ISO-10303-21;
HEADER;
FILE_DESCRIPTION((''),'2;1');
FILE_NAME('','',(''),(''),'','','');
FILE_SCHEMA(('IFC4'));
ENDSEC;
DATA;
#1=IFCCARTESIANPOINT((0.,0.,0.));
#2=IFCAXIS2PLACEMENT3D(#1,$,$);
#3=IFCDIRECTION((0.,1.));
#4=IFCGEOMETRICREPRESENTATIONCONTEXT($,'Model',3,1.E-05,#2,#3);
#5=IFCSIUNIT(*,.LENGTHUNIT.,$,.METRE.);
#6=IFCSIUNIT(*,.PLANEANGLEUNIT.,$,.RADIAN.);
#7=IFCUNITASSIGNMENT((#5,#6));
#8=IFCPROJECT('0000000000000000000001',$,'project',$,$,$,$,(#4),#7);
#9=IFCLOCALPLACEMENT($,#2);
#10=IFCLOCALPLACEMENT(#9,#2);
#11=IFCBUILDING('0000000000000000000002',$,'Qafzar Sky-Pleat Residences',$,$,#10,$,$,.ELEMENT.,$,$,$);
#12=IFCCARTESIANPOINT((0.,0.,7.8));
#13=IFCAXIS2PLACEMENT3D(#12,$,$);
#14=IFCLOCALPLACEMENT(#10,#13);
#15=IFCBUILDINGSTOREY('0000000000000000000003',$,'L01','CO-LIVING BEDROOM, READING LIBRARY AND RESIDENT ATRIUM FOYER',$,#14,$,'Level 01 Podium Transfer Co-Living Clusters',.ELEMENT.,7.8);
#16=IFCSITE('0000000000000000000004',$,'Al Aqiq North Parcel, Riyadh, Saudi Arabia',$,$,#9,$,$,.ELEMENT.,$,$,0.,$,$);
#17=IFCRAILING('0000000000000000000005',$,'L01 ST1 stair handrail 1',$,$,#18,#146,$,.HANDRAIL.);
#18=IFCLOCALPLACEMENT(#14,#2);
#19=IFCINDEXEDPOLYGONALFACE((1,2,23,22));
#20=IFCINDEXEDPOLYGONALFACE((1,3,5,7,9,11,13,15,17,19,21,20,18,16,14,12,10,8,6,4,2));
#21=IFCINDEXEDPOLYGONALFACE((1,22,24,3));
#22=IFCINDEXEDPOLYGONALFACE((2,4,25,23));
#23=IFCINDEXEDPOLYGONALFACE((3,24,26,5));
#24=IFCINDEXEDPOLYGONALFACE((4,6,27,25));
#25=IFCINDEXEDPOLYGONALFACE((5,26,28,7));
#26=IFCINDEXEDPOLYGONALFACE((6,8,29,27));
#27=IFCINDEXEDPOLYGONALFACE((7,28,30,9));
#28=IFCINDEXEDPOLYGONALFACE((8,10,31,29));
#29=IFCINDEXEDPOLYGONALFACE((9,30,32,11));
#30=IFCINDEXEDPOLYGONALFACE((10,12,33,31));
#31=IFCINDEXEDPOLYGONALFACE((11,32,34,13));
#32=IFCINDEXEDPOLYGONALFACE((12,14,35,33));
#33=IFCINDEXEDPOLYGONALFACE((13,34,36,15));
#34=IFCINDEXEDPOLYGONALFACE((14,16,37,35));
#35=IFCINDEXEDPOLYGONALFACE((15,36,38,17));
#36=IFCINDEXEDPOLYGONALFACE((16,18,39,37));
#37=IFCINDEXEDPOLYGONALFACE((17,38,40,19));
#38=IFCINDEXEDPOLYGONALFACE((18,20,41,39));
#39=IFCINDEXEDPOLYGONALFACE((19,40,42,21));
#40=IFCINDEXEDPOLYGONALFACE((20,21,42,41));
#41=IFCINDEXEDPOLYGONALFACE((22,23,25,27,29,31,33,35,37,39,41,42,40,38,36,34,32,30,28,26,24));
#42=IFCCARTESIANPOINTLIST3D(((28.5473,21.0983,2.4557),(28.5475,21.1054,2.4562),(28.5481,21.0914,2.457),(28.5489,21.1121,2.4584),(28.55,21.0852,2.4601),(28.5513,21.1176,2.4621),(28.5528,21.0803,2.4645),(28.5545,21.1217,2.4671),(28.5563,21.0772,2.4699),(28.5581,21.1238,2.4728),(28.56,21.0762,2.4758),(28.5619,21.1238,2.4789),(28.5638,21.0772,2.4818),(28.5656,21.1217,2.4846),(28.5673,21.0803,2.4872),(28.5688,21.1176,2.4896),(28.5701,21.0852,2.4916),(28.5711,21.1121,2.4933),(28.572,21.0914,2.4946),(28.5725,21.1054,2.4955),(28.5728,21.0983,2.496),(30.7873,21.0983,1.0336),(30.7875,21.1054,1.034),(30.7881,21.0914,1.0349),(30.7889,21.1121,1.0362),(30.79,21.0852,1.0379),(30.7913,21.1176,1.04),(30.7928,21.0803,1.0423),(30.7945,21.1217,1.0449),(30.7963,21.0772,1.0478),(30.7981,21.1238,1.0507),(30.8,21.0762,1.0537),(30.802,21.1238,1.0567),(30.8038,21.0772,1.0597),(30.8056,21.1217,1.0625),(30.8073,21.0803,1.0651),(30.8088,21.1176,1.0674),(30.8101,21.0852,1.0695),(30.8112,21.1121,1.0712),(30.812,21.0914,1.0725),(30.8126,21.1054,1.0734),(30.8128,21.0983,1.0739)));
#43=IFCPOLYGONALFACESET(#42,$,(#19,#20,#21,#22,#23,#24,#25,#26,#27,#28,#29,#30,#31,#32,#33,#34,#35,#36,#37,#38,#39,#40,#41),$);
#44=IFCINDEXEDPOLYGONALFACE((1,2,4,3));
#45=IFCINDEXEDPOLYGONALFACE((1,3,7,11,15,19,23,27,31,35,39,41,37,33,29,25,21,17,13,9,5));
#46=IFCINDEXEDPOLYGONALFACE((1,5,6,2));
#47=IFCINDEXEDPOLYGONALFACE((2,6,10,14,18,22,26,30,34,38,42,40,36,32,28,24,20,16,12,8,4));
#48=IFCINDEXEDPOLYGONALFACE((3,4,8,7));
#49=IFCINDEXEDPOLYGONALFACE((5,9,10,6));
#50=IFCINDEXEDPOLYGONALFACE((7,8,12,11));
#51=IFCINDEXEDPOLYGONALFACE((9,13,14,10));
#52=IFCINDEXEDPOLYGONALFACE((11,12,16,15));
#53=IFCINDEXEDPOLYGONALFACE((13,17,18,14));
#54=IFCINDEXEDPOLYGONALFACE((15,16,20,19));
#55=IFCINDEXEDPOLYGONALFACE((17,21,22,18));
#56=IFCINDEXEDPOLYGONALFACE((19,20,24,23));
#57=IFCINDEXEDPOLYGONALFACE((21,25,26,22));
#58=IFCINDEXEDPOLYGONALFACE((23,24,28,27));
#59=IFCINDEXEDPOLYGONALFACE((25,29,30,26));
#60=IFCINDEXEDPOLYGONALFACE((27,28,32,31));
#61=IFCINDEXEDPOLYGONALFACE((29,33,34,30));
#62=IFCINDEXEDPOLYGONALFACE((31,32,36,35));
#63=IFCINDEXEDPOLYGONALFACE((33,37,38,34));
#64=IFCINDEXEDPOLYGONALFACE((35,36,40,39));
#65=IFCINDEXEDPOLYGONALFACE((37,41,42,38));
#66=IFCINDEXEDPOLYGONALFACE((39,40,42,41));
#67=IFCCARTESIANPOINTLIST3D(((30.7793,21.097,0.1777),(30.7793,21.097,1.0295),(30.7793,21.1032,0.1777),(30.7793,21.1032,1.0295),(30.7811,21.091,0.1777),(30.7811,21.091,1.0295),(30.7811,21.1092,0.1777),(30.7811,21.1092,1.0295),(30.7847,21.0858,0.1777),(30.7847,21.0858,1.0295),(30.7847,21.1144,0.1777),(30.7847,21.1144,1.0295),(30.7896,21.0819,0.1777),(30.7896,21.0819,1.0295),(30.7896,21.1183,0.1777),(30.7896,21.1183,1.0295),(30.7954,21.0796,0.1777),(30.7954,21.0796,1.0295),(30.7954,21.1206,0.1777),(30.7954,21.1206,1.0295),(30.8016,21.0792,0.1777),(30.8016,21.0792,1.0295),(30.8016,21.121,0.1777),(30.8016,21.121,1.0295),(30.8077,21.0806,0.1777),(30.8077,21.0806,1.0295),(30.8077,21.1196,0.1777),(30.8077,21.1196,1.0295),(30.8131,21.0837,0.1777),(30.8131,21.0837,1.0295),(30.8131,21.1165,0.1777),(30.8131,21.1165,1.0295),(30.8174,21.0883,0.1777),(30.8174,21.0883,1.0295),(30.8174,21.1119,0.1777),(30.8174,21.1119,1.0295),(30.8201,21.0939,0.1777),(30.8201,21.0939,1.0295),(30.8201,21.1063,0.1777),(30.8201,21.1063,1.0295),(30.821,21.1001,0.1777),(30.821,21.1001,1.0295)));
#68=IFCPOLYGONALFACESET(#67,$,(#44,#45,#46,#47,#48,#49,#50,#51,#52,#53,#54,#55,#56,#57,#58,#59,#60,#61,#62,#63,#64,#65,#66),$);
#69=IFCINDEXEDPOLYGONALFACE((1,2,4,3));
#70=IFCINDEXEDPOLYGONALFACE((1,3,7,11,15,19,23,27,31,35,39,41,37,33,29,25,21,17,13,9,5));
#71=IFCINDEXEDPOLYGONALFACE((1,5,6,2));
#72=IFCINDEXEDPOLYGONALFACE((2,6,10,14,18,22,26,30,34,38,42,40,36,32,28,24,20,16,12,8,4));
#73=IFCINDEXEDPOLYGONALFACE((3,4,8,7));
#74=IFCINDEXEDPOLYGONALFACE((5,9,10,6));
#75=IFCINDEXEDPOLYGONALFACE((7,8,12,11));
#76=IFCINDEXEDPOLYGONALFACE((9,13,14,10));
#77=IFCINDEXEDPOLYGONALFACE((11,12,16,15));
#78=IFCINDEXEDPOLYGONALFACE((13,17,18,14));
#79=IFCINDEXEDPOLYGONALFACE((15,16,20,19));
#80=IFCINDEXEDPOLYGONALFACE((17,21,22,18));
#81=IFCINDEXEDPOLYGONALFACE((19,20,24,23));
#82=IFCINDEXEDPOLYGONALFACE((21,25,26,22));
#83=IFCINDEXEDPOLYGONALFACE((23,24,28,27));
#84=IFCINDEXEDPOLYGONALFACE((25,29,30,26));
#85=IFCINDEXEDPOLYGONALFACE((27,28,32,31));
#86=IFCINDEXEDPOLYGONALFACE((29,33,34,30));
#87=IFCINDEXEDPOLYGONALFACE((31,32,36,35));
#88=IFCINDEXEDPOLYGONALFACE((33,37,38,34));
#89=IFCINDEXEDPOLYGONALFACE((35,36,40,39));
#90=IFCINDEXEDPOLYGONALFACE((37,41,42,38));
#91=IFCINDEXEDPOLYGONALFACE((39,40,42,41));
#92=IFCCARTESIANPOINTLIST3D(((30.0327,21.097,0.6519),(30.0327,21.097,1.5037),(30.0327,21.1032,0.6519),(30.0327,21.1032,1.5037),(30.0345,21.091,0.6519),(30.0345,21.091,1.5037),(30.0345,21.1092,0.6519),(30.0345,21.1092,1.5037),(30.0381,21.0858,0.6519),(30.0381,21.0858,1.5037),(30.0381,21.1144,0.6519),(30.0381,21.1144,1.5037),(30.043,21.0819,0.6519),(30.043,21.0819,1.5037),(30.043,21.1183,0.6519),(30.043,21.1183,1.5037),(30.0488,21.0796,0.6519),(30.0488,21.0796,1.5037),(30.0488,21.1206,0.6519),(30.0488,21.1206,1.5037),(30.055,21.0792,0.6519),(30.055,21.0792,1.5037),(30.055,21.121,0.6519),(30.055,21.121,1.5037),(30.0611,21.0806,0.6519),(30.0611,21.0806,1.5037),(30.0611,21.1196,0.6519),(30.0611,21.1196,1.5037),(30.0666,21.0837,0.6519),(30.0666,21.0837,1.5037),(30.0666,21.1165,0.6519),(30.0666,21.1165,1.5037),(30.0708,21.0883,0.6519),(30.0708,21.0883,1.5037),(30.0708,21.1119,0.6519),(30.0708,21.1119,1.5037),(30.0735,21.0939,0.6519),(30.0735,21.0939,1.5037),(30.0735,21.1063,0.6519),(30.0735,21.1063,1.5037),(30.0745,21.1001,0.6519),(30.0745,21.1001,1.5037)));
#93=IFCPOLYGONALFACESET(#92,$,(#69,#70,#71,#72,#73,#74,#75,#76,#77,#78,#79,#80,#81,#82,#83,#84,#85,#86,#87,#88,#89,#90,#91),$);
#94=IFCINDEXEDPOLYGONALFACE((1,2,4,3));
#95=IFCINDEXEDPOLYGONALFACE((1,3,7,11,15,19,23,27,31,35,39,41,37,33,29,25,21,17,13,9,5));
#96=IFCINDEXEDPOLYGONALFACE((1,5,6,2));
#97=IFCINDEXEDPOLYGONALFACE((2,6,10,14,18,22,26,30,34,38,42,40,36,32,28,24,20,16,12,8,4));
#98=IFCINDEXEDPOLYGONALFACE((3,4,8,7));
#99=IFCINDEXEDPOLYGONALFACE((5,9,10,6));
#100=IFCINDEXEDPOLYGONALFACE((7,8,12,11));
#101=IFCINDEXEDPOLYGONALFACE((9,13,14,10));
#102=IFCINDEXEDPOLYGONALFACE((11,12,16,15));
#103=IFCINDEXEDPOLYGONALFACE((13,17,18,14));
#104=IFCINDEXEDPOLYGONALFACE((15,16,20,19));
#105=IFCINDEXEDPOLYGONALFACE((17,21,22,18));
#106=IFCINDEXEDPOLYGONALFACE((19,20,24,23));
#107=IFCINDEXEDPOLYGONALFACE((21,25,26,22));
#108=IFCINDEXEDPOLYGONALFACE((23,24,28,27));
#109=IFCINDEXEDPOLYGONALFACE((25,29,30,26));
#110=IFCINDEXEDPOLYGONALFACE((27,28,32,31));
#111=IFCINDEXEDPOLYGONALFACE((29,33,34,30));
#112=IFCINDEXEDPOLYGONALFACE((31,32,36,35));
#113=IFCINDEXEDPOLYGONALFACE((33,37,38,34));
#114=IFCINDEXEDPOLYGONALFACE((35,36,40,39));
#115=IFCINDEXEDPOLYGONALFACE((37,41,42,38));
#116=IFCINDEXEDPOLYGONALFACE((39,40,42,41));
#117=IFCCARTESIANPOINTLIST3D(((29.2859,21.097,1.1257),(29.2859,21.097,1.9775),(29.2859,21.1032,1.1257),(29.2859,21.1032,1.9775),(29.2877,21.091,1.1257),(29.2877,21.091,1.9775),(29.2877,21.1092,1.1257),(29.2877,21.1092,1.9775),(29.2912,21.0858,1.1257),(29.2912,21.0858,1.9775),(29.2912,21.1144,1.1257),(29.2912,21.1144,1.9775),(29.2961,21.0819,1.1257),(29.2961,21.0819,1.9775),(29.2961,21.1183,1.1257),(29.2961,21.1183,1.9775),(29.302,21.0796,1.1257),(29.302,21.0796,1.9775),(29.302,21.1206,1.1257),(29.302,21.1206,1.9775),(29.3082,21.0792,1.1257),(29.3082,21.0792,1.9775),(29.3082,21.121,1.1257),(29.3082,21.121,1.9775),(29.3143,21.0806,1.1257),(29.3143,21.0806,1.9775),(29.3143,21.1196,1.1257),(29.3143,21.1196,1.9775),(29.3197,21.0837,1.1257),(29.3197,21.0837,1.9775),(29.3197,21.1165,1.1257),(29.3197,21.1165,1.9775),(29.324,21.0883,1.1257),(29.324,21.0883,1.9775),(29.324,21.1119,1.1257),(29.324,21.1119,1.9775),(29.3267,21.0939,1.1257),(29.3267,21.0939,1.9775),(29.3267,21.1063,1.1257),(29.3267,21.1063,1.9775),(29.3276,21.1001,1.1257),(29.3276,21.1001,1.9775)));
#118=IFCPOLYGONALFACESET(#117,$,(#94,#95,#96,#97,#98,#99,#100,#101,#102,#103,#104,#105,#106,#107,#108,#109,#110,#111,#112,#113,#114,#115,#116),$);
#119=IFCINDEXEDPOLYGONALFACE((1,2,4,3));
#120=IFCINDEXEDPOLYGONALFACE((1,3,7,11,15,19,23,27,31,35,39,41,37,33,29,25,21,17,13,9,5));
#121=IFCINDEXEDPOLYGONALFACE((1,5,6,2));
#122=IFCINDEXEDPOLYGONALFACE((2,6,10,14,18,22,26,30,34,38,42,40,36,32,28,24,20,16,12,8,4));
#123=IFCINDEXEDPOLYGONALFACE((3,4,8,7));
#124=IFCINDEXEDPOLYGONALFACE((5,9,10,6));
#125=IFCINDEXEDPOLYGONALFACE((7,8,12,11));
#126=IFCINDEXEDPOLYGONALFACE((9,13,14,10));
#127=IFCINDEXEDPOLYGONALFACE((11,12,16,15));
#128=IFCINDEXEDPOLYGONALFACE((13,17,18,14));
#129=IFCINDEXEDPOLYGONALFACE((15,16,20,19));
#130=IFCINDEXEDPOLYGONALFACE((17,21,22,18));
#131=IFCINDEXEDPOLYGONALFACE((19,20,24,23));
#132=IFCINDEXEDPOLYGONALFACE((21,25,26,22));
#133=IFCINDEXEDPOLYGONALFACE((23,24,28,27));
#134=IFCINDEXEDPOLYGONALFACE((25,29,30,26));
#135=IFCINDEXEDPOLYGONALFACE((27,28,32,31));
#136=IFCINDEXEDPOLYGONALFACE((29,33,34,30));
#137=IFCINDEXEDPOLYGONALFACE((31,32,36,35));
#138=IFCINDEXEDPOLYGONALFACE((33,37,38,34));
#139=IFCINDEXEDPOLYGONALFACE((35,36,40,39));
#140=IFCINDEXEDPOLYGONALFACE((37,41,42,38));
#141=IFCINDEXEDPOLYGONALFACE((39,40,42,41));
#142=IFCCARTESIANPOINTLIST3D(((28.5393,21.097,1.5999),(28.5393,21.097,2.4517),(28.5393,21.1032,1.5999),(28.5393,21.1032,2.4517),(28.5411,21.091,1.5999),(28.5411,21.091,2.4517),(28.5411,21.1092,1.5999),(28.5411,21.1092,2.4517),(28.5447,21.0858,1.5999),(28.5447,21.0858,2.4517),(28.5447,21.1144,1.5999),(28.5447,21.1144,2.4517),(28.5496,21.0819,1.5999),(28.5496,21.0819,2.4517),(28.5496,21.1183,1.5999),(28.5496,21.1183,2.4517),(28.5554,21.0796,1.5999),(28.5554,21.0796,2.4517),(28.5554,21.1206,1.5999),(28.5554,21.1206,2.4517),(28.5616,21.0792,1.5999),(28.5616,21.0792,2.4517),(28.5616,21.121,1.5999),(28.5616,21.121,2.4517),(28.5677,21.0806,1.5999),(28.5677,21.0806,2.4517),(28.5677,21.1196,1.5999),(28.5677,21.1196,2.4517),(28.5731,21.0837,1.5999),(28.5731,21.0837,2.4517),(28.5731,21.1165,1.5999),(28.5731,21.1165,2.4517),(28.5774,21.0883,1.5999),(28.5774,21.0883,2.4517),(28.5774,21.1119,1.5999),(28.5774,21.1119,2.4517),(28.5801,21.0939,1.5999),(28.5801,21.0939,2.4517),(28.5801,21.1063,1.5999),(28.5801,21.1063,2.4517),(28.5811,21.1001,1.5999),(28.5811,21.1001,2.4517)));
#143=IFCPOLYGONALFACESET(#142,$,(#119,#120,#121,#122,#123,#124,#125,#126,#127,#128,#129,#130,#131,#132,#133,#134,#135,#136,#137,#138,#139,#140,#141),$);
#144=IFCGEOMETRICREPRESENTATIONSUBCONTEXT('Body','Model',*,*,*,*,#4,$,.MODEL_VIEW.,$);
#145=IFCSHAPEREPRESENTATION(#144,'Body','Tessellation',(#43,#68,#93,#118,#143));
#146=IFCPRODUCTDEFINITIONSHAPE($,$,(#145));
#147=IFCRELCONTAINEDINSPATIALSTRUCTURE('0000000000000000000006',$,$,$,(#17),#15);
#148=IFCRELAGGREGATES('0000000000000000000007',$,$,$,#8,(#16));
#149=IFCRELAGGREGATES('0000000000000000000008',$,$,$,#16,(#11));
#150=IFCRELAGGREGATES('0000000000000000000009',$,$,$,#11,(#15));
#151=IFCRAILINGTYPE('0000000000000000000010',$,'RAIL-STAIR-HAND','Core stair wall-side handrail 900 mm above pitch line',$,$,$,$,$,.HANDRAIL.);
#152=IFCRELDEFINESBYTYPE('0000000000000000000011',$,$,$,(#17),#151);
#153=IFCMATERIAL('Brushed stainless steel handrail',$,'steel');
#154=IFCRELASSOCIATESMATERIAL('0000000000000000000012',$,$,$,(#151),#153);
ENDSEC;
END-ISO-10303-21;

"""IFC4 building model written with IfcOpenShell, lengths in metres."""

from ifc_helpers import new_model, si_unit, direction, frame, origin, origin_2d, place, context, subcontext, project, spatial, circle, extrude, source, transform, mapped, material, type_object, element, save


model = new_model("IFC4")

# Units and contexts
model_context = context("Model", 3, precision=1e-05, world=origin(), true_north=direction((0.0, 1.0)))
body_context = subcontext(model_context, "Body", "Model", "MODEL_VIEW")
ifc_project = project(units=[si_unit("LENGTHUNIT", "METRE"), si_unit("PLANEANGLEUNIT", "RADIAN")], contexts=[model_context])

# Site, building, storey
site_placement = place(None, origin())
site = spatial("IfcSite", under=ifc_project, at=site_placement, Name="Al Aqiq North Parcel, Riyadh, Saudi Arabia", CompositionType="ELEMENT", RefElevation=0.0)
building_placement = place(site_placement, origin())
building = spatial("IfcBuilding", under=site, at=building_placement, Name="Qafzar Sky-Pleat Residences", CompositionType="ELEMENT")
storey_placement = place(building_placement, frame((0.0, 0.0, 7.8)))
storey = spatial("IfcBuildingStorey", under=building, at=storey_placement, Name="L01", Description="CO-LIVING BEDROOM, READING LIBRARY AND RESIDENT ATRIUM FOYER", LongName="Level 01 Podium Transfer Co-Living Clusters", CompositionType="ELEMENT", Elevation=7.8)

# Railing
ifc_material_1 = material(Name="Brushed stainless steel handrail", Category="steel")
railing_type_1 = type_object("IfcRailingType", Name="RAIL-STAIR-HAND", Description="Core stair wall-side handrail 900 mm above pitch line", PredefinedType="HANDRAIL", material=ifc_material_1)
shared_shape_1 = source(origin(), body_context, "Body", "SweptSolid", [
    extrude(circle(Radius=0.0239, at=origin_2d()), frame((0.0, 0.0, 0.876), z_axis=(-0.844229, 0.0, 0.535982), x_axis=(0.0, -1.0, 0.0)), (0.0, 0.0, 1.0), 2.6533),
    extrude(circle(Radius=0.021, at=origin_2d()), origin(), (0.0, 0.0, 1.0), 0.8518),
    extrude(circle(Radius=0.021, at=origin_2d()), frame((-0.7466, 0.0, 0.4741)), (0.0, 0.0, 1.0), 0.8518),
    extrude(circle(Radius=0.021, at=origin_2d()), frame((-1.4934, 0.0, 0.948)), (0.0, 0.0, 1.0), 0.8518),
    extrude(circle(Radius=0.021, at=origin_2d()), frame((-2.24, 0.0, 1.4221)), (0.0, 0.0, 1.0), 0.8518),
])
railing_1_placement = place(storey_placement, frame((30.8, 21.1001, 0.1777)))
element("IfcRailing", 1, at=railing_1_placement, inside=storey, type_object=railing_type_1, Name="L01 ST1 stair handrail 1", PredefinedType="HANDRAIL", context=body_context, shape_type="MappedRepresentation", body=[
    mapped(shared_shape_1, transform((0.0, 0.0, 0.0), x_axis=(1.0, 0.0, 0.0), y_axis=(0.0, 1.0, 0.0), z_axis=(0.0, 0.0, 1.0), scale=1.0)),
])

save(model, "model.ifc")
